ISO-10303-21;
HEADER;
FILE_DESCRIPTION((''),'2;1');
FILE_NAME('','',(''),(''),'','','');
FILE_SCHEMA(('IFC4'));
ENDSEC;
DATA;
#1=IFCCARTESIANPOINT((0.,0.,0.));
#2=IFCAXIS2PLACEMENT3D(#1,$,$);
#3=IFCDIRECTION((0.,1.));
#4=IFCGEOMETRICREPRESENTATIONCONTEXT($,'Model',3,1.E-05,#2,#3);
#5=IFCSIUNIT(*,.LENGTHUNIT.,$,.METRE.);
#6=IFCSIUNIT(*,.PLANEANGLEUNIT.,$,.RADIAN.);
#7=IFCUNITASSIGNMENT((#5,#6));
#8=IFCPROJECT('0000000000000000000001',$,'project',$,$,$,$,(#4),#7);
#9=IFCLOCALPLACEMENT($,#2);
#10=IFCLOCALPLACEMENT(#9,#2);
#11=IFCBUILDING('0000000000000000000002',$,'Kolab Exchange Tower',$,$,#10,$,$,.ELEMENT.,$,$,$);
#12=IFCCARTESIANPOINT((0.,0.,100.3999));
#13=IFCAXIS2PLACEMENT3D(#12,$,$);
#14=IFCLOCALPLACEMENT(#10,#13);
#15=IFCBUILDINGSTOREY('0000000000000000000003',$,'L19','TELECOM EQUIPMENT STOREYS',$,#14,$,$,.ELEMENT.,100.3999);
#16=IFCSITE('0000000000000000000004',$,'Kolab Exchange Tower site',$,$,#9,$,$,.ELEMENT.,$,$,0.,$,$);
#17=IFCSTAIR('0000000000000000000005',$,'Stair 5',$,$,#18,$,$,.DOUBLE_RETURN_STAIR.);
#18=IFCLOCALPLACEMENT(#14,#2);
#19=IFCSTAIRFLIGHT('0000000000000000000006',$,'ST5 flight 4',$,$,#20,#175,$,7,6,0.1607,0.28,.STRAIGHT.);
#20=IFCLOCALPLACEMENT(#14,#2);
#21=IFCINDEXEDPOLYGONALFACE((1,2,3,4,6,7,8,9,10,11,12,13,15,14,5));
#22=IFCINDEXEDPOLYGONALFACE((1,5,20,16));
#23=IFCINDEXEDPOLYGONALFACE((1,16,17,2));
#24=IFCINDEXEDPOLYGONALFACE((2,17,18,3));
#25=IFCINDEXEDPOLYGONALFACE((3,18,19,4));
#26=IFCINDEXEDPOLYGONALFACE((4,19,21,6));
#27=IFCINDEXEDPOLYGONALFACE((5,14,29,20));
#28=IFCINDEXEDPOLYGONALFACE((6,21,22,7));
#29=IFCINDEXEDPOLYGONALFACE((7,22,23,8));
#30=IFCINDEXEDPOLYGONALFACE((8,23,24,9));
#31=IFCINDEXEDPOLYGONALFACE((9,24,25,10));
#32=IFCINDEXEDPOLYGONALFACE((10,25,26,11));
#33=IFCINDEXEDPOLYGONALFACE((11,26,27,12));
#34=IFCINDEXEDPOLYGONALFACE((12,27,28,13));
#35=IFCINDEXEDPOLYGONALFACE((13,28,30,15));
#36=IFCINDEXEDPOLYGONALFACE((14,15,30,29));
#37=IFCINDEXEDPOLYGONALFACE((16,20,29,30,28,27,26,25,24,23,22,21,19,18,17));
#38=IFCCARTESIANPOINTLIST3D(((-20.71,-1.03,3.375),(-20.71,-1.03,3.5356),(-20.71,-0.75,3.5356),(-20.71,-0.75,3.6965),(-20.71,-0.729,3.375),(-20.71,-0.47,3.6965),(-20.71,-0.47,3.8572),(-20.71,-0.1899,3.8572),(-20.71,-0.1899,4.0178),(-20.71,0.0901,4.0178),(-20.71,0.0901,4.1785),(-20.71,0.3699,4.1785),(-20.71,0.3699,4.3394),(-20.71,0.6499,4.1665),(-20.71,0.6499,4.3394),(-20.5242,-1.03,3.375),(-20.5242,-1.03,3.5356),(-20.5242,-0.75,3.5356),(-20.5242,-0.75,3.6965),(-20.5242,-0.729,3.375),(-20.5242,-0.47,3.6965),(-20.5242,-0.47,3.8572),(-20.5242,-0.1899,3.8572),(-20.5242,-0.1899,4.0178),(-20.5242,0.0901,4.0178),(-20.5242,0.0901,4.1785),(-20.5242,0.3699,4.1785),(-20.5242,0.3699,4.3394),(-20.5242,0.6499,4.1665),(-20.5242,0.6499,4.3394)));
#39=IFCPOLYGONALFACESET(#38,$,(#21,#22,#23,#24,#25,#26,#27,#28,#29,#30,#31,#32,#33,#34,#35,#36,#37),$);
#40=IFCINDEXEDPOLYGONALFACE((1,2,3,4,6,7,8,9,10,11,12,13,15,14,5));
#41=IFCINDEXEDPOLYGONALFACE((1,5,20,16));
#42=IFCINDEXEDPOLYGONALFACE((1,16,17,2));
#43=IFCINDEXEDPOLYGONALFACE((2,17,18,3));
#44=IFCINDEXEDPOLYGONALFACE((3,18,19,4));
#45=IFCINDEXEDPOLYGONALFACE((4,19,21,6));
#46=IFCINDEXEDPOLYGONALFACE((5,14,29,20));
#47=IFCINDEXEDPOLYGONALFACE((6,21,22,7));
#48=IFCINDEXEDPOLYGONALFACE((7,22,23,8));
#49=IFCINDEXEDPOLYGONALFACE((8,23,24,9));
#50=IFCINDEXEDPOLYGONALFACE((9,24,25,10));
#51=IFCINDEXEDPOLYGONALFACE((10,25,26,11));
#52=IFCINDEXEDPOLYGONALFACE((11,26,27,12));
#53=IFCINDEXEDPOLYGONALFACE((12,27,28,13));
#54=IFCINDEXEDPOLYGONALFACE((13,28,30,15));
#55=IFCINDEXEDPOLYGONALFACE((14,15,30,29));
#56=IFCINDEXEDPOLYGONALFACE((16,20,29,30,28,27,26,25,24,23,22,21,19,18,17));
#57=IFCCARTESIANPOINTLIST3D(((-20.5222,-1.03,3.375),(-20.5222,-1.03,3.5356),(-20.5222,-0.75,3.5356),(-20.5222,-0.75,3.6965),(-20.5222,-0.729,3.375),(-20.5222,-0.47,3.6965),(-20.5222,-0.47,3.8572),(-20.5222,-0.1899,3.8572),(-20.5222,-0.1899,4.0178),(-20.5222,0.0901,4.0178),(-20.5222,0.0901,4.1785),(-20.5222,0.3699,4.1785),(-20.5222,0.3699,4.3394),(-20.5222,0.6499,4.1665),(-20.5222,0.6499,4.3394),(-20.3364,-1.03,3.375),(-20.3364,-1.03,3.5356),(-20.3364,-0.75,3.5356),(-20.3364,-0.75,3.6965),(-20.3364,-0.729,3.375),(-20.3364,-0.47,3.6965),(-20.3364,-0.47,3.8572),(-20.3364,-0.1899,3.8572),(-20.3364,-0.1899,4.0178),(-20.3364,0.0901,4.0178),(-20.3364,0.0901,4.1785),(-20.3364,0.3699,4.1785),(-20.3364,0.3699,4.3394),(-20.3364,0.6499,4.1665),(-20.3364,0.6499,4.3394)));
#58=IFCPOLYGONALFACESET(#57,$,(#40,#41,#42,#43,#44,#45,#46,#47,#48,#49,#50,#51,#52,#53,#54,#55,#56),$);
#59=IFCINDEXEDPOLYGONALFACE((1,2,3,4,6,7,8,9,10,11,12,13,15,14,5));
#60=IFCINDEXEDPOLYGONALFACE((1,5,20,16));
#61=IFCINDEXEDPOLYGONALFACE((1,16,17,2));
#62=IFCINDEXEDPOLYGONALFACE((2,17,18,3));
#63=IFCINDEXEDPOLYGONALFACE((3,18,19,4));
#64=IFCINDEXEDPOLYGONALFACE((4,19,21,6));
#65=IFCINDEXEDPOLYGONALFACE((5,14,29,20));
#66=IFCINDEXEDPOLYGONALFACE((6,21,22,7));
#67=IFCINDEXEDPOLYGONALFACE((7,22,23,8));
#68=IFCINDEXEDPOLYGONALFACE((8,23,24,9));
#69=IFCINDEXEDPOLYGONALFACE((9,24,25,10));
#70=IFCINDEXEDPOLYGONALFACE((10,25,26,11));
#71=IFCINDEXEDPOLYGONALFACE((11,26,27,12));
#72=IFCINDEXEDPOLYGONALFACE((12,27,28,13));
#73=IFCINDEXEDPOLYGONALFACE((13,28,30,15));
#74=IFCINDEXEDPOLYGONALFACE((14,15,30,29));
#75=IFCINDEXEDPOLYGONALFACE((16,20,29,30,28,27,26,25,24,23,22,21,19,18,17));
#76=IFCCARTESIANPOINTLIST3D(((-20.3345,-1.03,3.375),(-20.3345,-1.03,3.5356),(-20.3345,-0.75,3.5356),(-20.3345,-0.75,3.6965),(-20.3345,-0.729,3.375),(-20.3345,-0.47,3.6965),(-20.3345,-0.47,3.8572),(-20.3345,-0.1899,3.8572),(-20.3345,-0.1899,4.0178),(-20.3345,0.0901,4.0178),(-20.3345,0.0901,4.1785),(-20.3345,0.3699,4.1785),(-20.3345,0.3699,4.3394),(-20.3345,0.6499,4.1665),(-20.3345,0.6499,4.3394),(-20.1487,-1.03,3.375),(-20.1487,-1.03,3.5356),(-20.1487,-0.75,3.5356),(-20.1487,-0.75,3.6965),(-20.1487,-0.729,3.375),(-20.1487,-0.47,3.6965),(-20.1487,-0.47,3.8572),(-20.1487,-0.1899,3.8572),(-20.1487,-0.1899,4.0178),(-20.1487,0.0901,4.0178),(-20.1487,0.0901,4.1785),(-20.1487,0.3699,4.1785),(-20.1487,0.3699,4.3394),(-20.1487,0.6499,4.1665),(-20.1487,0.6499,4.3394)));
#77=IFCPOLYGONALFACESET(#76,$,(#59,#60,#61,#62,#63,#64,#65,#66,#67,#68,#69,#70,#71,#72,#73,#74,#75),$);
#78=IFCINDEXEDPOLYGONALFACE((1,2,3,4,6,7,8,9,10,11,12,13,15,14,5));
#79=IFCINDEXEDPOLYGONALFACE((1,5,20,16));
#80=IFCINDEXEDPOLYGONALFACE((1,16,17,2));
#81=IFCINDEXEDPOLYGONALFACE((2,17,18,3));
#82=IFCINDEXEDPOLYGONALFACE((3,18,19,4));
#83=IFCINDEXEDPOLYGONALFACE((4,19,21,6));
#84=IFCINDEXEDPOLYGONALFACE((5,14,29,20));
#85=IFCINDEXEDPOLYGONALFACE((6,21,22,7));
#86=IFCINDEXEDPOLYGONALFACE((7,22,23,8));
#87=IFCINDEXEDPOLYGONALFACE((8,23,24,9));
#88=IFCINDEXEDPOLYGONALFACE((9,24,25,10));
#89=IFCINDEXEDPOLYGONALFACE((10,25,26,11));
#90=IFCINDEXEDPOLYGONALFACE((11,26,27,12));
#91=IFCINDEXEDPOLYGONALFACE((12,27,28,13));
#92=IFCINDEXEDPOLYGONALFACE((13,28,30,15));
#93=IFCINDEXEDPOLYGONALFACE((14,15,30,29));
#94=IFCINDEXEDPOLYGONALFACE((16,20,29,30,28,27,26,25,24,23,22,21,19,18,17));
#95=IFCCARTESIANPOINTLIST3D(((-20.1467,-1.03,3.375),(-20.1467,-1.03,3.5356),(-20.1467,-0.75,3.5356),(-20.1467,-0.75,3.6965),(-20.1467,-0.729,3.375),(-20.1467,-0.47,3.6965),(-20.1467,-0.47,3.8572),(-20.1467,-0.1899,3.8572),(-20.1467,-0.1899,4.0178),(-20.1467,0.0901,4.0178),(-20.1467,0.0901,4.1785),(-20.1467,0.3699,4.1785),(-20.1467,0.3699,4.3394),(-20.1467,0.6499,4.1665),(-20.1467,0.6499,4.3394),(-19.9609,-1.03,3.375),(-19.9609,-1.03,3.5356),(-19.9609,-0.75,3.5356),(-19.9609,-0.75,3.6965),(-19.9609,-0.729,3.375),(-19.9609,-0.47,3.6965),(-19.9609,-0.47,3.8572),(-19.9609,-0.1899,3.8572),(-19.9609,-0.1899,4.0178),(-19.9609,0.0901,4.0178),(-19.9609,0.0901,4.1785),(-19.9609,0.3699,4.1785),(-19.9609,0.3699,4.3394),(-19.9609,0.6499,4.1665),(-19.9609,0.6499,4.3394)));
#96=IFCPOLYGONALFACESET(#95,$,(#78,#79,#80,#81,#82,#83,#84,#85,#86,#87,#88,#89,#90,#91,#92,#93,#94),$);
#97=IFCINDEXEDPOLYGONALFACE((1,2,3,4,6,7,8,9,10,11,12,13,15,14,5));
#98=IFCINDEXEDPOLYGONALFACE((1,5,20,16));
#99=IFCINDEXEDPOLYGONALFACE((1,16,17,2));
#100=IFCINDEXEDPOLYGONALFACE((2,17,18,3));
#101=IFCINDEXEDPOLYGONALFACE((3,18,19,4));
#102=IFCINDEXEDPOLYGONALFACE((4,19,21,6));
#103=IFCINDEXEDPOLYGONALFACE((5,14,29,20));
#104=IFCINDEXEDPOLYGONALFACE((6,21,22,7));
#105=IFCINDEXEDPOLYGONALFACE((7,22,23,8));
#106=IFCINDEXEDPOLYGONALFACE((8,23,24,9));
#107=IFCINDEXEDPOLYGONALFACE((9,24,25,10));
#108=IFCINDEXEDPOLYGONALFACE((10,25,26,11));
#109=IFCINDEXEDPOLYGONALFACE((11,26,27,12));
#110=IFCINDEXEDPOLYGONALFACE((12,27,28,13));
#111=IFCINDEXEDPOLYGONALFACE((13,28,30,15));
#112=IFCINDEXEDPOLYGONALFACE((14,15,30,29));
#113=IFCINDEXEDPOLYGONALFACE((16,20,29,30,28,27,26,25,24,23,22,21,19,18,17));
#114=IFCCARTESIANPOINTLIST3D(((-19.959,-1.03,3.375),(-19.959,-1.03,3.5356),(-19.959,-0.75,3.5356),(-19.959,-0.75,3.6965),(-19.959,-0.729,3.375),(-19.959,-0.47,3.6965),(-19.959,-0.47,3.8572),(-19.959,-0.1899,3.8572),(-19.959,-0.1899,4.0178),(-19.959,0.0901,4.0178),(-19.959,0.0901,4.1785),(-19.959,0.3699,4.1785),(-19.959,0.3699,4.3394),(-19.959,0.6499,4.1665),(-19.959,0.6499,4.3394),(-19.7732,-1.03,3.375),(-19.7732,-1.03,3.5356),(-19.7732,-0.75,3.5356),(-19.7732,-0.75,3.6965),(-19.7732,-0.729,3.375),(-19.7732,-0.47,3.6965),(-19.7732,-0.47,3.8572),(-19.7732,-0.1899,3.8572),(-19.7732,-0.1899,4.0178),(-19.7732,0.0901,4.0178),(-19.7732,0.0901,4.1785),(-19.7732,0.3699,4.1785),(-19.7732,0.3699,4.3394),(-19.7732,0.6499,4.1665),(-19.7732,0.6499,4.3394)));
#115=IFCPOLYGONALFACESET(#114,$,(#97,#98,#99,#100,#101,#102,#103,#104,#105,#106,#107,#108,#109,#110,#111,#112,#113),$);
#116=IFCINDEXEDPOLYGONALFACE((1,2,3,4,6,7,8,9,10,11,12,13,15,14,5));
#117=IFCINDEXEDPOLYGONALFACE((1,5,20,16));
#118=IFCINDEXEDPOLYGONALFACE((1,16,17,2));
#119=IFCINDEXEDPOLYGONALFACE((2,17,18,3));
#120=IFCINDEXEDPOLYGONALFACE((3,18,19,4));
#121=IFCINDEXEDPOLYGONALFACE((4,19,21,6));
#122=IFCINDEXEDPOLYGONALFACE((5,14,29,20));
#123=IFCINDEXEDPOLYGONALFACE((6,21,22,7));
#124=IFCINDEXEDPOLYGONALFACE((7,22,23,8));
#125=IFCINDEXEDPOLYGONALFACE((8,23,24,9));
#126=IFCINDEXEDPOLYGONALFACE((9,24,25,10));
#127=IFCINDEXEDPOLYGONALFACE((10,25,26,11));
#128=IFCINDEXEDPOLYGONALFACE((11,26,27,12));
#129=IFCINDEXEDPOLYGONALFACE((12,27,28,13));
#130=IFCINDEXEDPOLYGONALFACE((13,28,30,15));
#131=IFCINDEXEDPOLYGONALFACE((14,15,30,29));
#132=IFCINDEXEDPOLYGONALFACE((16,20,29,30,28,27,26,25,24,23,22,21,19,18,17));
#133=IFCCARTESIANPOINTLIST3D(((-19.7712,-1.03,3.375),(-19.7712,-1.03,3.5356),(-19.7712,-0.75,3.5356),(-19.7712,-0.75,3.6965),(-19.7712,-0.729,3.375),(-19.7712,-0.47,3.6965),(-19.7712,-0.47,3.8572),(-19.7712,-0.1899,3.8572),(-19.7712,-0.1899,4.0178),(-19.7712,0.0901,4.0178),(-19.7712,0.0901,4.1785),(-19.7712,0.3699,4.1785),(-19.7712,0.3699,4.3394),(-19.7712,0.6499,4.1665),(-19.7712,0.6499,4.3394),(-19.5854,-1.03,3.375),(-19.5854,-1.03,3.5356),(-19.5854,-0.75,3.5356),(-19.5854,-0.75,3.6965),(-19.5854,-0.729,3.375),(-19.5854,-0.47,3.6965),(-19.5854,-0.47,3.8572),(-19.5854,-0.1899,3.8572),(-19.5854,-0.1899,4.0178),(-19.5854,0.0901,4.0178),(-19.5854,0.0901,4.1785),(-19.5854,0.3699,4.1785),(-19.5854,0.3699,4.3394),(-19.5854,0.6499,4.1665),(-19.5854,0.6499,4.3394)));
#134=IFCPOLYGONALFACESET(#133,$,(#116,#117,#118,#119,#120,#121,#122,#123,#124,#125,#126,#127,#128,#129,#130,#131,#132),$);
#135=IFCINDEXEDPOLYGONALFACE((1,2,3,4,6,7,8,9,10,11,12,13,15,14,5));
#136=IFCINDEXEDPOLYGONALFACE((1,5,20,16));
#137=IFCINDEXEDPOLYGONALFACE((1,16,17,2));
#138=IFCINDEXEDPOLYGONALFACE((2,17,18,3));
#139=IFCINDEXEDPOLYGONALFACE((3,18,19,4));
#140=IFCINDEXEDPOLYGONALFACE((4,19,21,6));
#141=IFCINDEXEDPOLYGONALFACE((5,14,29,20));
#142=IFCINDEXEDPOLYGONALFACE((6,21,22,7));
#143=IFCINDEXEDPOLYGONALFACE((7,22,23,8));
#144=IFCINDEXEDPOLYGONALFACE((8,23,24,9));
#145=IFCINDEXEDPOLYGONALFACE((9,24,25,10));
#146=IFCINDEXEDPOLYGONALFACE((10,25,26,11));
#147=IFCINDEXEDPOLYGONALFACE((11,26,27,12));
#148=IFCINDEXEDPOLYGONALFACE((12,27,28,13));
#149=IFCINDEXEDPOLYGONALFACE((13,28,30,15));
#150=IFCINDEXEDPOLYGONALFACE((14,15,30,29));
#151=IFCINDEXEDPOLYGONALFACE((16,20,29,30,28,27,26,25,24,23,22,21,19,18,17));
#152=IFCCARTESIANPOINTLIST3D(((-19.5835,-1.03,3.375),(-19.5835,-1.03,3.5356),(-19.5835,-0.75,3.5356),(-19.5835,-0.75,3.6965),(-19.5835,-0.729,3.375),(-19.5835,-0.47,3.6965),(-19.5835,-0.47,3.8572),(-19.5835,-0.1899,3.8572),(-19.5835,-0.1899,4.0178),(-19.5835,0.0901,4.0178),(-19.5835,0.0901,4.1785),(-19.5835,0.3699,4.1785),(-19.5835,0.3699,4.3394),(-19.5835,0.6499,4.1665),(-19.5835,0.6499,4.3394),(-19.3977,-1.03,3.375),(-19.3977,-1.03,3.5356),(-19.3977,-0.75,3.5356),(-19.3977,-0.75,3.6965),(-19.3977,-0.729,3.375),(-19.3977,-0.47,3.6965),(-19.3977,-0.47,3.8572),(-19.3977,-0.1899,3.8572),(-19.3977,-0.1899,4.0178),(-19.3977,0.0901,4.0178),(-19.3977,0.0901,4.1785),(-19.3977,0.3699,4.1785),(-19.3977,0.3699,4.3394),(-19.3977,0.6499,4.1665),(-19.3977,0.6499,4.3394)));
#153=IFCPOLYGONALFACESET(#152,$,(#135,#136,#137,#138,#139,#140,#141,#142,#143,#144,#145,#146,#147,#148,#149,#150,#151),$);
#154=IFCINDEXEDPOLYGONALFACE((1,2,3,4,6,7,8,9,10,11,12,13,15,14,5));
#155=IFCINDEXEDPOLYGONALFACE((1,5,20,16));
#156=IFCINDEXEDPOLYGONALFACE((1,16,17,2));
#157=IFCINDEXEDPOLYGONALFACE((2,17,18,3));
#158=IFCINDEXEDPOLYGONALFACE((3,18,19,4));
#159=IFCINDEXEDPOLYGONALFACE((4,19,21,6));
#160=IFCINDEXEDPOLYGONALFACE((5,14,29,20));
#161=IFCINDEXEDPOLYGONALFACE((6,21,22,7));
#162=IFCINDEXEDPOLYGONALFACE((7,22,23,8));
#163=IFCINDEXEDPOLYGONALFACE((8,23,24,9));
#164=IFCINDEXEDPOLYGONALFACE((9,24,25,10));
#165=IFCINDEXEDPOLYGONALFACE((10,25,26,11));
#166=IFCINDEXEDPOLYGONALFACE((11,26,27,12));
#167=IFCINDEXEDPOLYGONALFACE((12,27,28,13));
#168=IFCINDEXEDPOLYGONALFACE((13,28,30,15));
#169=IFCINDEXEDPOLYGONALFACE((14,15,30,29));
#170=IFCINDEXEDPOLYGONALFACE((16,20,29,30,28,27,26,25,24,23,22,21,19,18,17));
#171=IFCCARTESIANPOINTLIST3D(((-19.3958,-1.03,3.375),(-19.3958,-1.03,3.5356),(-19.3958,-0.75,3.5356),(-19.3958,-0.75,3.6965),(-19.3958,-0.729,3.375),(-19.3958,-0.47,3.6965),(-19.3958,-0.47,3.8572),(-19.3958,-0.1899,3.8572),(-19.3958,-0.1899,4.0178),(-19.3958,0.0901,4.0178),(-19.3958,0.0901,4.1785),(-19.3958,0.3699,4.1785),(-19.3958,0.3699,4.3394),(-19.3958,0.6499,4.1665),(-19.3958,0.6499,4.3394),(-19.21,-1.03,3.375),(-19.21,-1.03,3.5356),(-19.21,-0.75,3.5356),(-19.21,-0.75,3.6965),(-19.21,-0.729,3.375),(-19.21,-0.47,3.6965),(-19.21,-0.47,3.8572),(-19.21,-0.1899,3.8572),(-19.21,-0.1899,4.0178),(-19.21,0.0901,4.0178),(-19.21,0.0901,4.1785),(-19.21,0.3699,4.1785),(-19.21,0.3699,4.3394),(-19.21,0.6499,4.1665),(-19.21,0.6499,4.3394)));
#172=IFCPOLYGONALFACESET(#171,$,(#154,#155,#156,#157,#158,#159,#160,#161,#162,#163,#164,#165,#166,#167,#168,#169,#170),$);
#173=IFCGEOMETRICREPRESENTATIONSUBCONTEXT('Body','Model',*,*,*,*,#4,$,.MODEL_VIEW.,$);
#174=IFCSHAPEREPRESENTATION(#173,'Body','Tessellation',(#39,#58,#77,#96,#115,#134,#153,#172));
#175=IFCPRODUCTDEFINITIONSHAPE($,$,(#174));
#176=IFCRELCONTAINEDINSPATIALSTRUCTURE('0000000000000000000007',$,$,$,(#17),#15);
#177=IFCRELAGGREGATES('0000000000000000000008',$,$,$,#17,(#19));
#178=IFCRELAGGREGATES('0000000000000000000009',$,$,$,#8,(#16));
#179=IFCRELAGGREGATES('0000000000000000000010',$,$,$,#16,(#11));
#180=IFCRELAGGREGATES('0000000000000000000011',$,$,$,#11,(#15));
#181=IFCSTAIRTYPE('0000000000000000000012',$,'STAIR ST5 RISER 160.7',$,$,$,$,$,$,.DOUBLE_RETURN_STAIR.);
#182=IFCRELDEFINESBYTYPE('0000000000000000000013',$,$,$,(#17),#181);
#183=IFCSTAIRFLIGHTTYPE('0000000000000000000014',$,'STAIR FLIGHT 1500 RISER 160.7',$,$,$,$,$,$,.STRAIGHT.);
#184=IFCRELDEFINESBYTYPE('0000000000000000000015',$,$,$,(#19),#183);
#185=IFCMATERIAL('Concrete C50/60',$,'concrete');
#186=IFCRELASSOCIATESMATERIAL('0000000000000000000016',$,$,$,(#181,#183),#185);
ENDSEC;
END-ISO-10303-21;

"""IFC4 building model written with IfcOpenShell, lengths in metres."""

from ifc_helpers import new_model, si_unit, direction, frame, origin, place, context, subcontext, project, spatial, polyline, outline, extrude, material, type_object, element, aggregate, save


model = new_model("IFC4")

# Units and contexts
model_context = context("Model", 3, precision=1e-05, world=origin(), true_north=direction((0.0, 1.0)))
body_context = subcontext(model_context, "Body", "Model", "MODEL_VIEW")
ifc_project = project(units=[si_unit("LENGTHUNIT", "METRE"), si_unit("PLANEANGLEUNIT", "RADIAN")], contexts=[model_context])

# Site, building, storey
site_placement = place(None, origin())
site = spatial("IfcSite", under=ifc_project, at=site_placement, Name="Kolab Exchange Tower site", CompositionType="ELEMENT", RefElevation=0.0)
building_placement = place(site_placement, origin())
building = spatial("IfcBuilding", under=site, at=building_placement, Name="Kolab Exchange Tower", CompositionType="ELEMENT")
storey_placement = place(building_placement, frame((0.0, 0.0, 100.3999)))
storey = spatial("IfcBuildingStorey", under=building, at=storey_placement, Name="L19", Description="TELECOM EQUIPMENT STOREYS", CompositionType="ELEMENT", Elevation=100.3999)

# Shared definitions
ifc_material_1 = material(Name="Concrete C50/60", Category="concrete")

# Stair, stair flight
stair_type = type_object("IfcStairType", Name="STAIR ST5 RISER 160.7", PredefinedType="DOUBLE_RETURN_STAIR", material=ifc_material_1)
stair_placement = place(storey_placement, origin())
stair = element("IfcStair", 1, at=stair_placement, inside=storey, type_object=stair_type, Name="Stair 5", PredefinedType="DOUBLE_RETURN_STAIR")
stair_flight_type = type_object("IfcStairFlightType", Name="STAIR FLIGHT 1500 RISER 160.7", PredefinedType="STRAIGHT", material=ifc_material_1)
stair_flight_1_placement = place(storey_placement, frame((-19.96, -1.03, 3.375), z_axis=(0.0, 0.0, 1.0), x_axis=(0.0, 1.0, 0.0)))
stair_flight_1 = element("IfcStairFlight", 2, at=stair_flight_1_placement, type_object=stair_flight_type, Name="ST5 flight 4", NumberOfRisers=7, NumberOfTreads=6, PredefinedType="STRAIGHT", RiserHeight=0.1607, TreadLength=0.28, context=body_context, shape_type="SweptSolid", body=[
    extrude(outline(polyline([(0.0, 0.0), (0.0, 0.1606), (0.28, 0.1606), (0.28, 0.3215), (0.5601, 0.3215), (0.5601, 0.4822), (0.8401, 0.4822), (0.8401, 0.6428), (1.1201, 0.6428), (1.1201, 0.8035), (1.3999, 0.8035), (1.3999, 0.9644), (1.6799, 0.9644), (1.6799, 1.125), (1.6799, 0.7915), (0.301, 0.0), (0.0, 0.0)])), frame((0.0, 0.75, 0.0), z_axis=(0.0, -1.0, 0.0), x_axis=(1.0, 0.0, 0.0)), (0.0, 0.0, 1.0), 0.1858),
    extrude(outline(polyline([(0.0, 0.0), (0.0, 0.1606), (0.28, 0.1606), (0.28, 0.3215), (0.5601, 0.3215), (0.5601, 0.4822), (0.8401, 0.4822), (0.8401, 0.6428), (1.1201, 0.6428), (1.1201, 0.8035), (1.3999, 0.8035), (1.3999, 0.9644), (1.6799, 0.9644), (1.6799, 1.125), (1.6799, 0.7915), (0.301, 0.0), (0.0, 0.0)])), frame((0.0, 0.5623, 0.0), z_axis=(0.0, -1.0, 0.0), x_axis=(1.0, 0.0, 0.0)), (0.0, 0.0, 1.0), 0.1858),
    extrude(outline(polyline([(0.0, 0.0), (0.0, 0.1606), (0.28, 0.1606), (0.28, 0.3215), (0.5601, 0.3215), (0.5601, 0.4822), (0.8401, 0.4822), (0.8401, 0.6428), (1.1201, 0.6428), (1.1201, 0.8035), (1.3999, 0.8035), (1.3999, 0.9644), (1.6799, 0.9644), (1.6799, 1.125), (1.6799, 0.7915), (0.301, 0.0), (0.0, 0.0)])), frame((0.0, 0.3745, 0.0), z_axis=(0.0, -1.0, 0.0), x_axis=(1.0, 0.0, 0.0)), (0.0, 0.0, 1.0), 0.1858),
    extrude(outline(polyline([(0.0, 0.0), (0.0, 0.1606), (0.28, 0.1606), (0.28, 0.3215), (0.5601, 0.3215), (0.5601, 0.4822), (0.8401, 0.4822), (0.8401, 0.6428), (1.1201, 0.6428), (1.1201, 0.8035), (1.3999, 0.8035), (1.3999, 0.9644), (1.6799, 0.9644), (1.6799, 1.125), (1.6799, 0.7915), (0.301, 0.0), (0.0, 0.0)])), frame((0.0, 0.1868, 0.0), z_axis=(0.0, -1.0, 0.0), x_axis=(1.0, 0.0, 0.0)), (0.0, 0.0, 1.0), 0.1858),
    extrude(outline(polyline([(0.0, 0.0), (0.0, 0.1606), (0.28, 0.1606), (0.28, 0.3215), (0.5601, 0.3215), (0.5601, 0.4822), (0.8401, 0.4822), (0.8401, 0.6428), (1.1201, 0.6428), (1.1201, 0.8035), (1.3999, 0.8035), (1.3999, 0.9644), (1.6799, 0.9644), (1.6799, 1.125), (1.6799, 0.7915), (0.301, 0.0), (0.0, 0.0)])), frame((0.0, -0.001, 0.0), z_axis=(0.0, -1.0, 0.0), x_axis=(1.0, 0.0, 0.0)), (0.0, 0.0, 1.0), 0.1858),
    extrude(outline(polyline([(0.0, 0.0), (0.0, 0.1606), (0.28, 0.1606), (0.28, 0.3215), (0.5601, 0.3215), (0.5601, 0.4822), (0.8401, 0.4822), (0.8401, 0.6428), (1.1201, 0.6428), (1.1201, 0.8035), (1.3999, 0.8035), (1.3999, 0.9644), (1.6799, 0.9644), (1.6799, 1.125), (1.6799, 0.7915), (0.301, 0.0), (0.0, 0.0)])), frame((0.0, -0.1887, 0.0), z_axis=(0.0, -1.0, 0.0), x_axis=(1.0, 0.0, 0.0)), (0.0, 0.0, 1.0), 0.1858),
    extrude(outline(polyline([(0.0, 0.0), (0.0, 0.1606), (0.28, 0.1606), (0.28, 0.3215), (0.5601, 0.3215), (0.5601, 0.4822), (0.8401, 0.4822), (0.8401, 0.6428), (1.1201, 0.6428), (1.1201, 0.8035), (1.3999, 0.8035), (1.3999, 0.9644), (1.6799, 0.9644), (1.6799, 1.125), (1.6799, 0.7915), (0.301, 0.0), (0.0, 0.0)])), frame((0.0, -0.3765, 0.0), z_axis=(0.0, -1.0, 0.0), x_axis=(1.0, 0.0, 0.0)), (0.0, 0.0, 1.0), 0.1858),
    extrude(outline(polyline([(0.0, 0.0), (0.0, 0.1606), (0.28, 0.1606), (0.28, 0.3215), (0.5601, 0.3215), (0.5601, 0.4822), (0.8401, 0.4822), (0.8401, 0.6428), (1.1201, 0.6428), (1.1201, 0.8035), (1.3999, 0.8035), (1.3999, 0.9644), (1.6799, 0.9644), (1.6799, 1.125), (1.6799, 0.7915), (0.301, 0.0), (0.0, 0.0)])), frame((0.0, -0.5642, 0.0), z_axis=(0.0, -1.0, 0.0), x_axis=(1.0, 0.0, 0.0)), (0.0, 0.0, 1.0), 0.1858),
])
aggregate(stair, [stair_flight_1])

save(model, "model.ifc")
